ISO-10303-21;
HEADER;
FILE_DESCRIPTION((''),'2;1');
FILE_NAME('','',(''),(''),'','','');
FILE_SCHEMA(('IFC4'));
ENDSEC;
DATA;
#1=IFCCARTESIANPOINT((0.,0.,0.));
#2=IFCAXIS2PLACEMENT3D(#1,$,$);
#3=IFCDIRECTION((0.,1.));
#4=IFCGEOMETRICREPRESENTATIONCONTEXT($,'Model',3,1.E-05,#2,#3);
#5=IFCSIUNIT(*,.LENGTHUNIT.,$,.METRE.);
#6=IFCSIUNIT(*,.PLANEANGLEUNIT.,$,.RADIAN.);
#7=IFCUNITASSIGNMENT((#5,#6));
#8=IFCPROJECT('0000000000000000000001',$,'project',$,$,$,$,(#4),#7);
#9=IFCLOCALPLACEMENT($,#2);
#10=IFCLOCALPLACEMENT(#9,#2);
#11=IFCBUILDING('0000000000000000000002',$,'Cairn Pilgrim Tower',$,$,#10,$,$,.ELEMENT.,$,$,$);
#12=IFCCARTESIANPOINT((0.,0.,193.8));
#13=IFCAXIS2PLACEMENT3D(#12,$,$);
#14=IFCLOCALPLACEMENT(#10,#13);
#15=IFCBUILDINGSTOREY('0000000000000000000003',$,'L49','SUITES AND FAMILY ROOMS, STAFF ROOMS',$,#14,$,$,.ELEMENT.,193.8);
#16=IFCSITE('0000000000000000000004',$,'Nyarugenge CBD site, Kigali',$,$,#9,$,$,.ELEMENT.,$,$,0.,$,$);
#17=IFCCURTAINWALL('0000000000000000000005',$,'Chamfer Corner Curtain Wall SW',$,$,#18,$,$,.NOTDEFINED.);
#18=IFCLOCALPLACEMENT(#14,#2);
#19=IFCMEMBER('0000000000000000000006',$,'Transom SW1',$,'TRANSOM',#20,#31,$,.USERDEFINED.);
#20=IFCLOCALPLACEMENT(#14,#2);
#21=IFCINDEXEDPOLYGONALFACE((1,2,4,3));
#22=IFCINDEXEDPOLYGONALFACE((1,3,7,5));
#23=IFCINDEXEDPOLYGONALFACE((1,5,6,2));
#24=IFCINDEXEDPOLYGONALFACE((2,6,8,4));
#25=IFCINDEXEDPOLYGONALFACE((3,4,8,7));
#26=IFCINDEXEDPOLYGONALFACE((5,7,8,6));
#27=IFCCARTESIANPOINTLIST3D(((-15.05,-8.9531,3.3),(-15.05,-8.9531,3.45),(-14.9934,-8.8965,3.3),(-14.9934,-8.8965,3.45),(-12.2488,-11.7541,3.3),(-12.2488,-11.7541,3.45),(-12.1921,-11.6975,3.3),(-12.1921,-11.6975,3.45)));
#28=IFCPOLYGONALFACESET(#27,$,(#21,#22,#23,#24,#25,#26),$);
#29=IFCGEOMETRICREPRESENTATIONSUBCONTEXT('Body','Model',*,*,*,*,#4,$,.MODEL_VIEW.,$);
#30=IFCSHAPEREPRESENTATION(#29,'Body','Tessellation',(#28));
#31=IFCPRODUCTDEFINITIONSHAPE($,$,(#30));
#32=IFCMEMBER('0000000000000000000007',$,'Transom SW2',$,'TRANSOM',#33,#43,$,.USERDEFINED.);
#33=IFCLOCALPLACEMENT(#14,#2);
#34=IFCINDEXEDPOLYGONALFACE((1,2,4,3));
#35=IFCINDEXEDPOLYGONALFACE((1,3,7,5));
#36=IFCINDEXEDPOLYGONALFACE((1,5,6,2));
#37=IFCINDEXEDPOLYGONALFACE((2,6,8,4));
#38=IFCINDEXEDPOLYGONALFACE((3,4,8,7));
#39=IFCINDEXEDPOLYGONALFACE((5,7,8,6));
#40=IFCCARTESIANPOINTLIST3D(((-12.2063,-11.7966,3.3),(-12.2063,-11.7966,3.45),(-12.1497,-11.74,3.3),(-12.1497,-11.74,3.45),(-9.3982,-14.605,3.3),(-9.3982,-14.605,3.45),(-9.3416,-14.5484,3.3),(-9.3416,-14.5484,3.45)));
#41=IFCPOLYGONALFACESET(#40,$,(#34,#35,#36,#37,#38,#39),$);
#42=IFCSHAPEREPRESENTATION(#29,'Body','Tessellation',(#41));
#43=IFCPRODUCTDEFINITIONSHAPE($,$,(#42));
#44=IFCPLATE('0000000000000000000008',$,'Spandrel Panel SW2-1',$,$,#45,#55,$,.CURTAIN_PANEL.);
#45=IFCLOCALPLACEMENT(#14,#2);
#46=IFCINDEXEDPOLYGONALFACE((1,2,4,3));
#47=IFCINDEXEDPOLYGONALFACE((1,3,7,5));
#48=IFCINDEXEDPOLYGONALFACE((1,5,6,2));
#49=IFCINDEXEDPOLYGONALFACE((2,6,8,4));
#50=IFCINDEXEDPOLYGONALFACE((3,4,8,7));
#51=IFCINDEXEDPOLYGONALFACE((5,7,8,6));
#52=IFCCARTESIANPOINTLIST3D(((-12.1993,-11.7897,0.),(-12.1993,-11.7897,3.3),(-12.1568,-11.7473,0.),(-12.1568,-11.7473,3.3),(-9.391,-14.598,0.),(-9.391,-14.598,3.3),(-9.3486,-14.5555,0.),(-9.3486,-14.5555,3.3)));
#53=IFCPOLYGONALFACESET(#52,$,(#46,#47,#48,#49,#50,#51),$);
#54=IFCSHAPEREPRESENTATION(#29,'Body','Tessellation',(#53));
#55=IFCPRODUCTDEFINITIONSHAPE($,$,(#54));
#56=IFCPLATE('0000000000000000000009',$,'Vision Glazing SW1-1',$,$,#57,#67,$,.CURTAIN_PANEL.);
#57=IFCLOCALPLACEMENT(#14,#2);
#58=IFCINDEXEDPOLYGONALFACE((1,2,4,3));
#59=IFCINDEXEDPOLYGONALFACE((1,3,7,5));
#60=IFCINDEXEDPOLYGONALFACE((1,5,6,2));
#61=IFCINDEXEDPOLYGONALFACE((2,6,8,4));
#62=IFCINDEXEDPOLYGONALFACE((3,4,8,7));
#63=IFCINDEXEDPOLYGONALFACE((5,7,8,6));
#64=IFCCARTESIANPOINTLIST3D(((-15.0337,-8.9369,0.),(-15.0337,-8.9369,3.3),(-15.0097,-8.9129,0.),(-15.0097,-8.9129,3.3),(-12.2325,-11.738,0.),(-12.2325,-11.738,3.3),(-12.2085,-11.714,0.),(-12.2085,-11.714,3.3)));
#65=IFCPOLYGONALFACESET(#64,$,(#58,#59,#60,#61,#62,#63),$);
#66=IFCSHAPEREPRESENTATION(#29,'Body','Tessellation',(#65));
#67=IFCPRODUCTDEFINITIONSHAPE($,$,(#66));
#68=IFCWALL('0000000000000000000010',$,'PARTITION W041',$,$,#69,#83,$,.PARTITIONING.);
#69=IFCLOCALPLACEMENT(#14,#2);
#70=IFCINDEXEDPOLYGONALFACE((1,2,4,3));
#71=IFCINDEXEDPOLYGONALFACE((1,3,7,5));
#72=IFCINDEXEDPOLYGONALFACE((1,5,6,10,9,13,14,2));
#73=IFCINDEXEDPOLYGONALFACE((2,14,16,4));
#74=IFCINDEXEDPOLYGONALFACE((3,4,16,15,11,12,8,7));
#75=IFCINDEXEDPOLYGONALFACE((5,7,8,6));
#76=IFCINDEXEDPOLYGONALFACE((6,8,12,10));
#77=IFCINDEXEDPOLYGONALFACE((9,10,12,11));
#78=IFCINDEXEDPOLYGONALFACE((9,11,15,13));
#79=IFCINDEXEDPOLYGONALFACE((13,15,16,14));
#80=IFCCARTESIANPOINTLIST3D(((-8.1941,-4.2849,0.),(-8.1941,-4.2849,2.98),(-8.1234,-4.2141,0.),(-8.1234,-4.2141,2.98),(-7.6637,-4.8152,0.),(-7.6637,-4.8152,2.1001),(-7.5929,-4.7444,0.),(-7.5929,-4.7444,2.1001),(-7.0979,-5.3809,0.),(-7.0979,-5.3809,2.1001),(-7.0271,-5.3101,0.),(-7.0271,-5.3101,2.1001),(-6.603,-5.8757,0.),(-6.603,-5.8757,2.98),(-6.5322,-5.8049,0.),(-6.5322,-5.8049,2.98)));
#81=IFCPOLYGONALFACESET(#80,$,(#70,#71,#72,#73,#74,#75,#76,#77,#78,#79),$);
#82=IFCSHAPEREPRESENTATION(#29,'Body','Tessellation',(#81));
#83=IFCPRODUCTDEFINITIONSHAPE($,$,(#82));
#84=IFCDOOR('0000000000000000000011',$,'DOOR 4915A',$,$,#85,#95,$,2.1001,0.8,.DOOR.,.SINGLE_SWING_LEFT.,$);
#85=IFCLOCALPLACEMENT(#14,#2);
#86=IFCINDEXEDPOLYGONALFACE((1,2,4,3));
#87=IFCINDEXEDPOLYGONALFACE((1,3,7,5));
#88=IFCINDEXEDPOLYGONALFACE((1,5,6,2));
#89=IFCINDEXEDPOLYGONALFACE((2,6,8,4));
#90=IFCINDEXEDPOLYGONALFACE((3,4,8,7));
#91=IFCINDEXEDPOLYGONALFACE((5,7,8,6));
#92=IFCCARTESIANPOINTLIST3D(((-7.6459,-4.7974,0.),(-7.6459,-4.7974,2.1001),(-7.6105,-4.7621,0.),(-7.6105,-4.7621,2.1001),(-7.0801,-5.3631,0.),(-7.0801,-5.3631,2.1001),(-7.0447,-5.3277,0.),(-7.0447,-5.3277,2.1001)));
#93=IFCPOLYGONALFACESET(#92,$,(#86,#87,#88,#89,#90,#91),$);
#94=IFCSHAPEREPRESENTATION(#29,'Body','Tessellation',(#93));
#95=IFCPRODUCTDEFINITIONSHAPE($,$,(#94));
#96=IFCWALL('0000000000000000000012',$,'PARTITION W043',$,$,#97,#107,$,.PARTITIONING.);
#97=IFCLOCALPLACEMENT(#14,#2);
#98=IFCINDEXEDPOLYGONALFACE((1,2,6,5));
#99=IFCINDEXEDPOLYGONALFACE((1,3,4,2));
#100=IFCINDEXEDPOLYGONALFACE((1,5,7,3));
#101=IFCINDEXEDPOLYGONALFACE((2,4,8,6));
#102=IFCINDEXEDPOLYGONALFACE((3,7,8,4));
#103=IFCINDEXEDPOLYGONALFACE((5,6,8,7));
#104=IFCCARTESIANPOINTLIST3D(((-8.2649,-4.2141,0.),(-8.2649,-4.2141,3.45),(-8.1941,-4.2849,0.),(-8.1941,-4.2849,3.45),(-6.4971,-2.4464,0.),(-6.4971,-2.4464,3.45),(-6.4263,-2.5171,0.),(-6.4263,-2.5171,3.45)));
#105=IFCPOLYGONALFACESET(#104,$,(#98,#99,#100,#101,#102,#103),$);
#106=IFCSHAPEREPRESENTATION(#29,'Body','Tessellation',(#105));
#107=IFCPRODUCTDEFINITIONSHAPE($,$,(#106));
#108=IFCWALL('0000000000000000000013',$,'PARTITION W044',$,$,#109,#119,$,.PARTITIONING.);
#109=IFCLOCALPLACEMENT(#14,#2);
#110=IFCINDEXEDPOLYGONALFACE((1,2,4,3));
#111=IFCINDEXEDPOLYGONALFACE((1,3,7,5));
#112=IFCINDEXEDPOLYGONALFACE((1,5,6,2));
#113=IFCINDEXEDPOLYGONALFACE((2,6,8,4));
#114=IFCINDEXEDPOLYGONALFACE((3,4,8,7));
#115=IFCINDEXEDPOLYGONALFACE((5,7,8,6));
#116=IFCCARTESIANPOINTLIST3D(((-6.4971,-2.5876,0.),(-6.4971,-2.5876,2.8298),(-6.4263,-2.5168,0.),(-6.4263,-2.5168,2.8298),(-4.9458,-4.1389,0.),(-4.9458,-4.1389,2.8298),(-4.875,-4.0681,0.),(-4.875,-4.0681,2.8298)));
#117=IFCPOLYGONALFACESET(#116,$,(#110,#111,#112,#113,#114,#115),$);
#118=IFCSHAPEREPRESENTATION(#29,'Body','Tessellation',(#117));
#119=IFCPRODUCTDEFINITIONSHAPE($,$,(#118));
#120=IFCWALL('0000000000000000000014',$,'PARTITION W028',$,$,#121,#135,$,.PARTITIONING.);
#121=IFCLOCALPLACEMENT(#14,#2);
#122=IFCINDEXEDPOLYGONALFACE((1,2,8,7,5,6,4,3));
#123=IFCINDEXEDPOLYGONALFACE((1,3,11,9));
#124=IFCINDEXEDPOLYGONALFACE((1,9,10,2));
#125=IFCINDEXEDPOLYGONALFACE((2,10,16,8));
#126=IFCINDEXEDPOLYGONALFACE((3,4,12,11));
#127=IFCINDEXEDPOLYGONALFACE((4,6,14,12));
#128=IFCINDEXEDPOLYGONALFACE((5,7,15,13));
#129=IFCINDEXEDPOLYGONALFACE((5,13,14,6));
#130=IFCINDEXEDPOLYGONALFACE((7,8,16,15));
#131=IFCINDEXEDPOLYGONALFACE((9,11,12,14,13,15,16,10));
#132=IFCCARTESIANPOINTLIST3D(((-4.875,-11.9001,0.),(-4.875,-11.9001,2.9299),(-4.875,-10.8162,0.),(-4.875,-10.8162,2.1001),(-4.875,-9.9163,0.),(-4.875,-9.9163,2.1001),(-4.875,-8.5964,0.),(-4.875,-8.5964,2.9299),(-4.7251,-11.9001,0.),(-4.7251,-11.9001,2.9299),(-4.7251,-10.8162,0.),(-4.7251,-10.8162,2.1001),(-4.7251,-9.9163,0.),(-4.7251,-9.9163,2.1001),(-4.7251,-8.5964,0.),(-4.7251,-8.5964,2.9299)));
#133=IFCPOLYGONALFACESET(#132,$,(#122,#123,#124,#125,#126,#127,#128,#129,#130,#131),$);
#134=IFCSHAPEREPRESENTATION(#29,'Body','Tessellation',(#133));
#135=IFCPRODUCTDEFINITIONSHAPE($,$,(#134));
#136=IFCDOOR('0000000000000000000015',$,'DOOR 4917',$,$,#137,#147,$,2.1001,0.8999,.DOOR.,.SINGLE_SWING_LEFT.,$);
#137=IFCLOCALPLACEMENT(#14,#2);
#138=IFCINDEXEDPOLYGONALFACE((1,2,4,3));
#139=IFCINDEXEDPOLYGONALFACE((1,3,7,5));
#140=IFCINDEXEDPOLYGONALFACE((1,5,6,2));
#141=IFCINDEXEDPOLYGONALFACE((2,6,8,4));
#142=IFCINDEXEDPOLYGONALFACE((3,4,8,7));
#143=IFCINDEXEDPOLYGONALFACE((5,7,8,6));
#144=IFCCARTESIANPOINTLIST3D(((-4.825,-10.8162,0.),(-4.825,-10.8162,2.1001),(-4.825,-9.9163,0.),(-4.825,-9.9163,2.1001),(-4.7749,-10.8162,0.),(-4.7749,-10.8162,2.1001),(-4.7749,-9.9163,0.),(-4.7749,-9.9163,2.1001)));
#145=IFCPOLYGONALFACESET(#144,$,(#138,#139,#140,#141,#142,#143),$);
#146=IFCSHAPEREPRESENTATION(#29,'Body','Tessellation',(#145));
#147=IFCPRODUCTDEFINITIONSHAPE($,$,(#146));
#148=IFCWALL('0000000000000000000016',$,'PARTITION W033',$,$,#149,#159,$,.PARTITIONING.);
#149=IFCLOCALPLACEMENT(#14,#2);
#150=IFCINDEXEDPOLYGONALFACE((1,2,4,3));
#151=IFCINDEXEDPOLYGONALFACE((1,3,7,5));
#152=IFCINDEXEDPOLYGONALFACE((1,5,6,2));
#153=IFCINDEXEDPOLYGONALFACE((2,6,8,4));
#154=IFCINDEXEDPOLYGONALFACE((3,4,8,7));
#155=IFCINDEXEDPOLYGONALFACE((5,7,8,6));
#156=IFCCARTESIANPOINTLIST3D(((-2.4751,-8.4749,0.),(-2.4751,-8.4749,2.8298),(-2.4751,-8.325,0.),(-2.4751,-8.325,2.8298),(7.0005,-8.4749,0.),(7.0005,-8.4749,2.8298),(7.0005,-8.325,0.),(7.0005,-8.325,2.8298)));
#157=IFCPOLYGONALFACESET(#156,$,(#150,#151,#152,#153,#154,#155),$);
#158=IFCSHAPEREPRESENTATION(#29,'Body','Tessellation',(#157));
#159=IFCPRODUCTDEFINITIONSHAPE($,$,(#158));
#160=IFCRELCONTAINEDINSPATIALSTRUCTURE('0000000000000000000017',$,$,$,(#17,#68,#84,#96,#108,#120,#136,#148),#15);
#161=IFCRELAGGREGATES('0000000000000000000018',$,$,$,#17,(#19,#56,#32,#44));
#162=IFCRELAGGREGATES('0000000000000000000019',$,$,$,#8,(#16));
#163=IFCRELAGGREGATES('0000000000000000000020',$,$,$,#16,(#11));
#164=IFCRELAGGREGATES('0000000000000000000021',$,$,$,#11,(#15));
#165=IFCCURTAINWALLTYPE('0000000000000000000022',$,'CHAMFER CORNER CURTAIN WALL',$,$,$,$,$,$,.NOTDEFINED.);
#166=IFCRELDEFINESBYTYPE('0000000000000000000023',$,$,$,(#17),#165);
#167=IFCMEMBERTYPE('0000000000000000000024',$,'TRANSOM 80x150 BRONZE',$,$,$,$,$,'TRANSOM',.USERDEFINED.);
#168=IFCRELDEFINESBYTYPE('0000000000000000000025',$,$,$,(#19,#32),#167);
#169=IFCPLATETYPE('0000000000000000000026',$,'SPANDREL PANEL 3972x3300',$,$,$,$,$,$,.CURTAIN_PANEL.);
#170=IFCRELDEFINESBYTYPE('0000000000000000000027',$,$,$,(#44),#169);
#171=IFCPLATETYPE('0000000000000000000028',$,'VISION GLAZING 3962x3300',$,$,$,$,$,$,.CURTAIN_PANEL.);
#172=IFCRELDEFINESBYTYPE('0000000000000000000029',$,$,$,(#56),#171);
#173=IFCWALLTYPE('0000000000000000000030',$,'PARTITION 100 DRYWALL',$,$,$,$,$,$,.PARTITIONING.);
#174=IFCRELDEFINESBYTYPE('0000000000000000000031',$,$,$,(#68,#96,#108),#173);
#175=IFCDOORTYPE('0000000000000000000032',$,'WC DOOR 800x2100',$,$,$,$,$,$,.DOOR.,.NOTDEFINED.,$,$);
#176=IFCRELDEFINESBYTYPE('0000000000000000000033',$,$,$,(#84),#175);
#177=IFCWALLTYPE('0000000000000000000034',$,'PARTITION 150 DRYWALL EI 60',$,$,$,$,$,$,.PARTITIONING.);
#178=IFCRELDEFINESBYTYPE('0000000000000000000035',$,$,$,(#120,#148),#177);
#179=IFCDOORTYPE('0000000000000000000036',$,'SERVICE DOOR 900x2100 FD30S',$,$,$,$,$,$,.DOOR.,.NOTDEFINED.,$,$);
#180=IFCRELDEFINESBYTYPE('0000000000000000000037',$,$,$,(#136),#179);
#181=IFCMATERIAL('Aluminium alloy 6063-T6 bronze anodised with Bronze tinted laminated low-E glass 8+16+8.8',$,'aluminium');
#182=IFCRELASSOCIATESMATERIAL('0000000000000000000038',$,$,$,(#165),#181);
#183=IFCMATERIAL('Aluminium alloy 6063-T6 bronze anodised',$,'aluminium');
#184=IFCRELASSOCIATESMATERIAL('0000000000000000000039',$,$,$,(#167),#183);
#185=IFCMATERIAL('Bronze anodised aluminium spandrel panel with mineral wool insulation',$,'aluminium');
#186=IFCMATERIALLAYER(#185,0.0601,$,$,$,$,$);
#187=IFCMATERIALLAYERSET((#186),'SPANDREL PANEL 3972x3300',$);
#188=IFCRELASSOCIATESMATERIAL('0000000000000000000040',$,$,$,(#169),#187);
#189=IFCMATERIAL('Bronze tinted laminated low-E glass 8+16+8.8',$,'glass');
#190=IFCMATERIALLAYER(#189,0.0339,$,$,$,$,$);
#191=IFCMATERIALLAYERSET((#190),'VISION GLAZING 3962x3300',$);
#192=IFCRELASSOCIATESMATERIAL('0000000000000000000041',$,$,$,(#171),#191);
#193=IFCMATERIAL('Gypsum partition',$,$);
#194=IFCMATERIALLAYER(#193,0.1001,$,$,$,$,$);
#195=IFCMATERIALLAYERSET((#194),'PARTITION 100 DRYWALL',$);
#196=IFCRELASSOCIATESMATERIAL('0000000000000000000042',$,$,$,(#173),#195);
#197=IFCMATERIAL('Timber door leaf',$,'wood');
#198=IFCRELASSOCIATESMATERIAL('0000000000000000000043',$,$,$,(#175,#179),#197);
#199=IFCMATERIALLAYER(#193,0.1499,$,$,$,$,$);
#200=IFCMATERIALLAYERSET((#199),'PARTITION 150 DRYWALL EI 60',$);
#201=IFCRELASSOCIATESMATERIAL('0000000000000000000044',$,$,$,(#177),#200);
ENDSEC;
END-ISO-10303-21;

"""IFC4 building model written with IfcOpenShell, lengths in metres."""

from ifc_helpers import new_model, si_unit, direction, frame, frame_2d, origin, origin_2d, place, context, subcontext, project, spatial, rectangle, extrude, material, layer, layer_set, material_profile, profile_set, type_object, element, fill, aggregate, save


model = new_model("IFC4")

# Units and contexts
model_context = context("Model", 3, precision=1e-05, world=origin(), true_north=direction((0.0, 1.0)))
body_context = subcontext(model_context, "Body", "Model", "MODEL_VIEW")
ifc_project = project(units=[si_unit("LENGTHUNIT", "METRE"), si_unit("PLANEANGLEUNIT", "RADIAN")], contexts=[model_context])

# Site, building, storey
site_placement = place(None, origin())
site = spatial("IfcSite", under=ifc_project, at=site_placement, Name="Nyarugenge CBD site, Kigali", CompositionType="ELEMENT", RefElevation=0.0)
building_placement = place(site_placement, origin())
building = spatial("IfcBuilding", under=site, at=building_placement, Name="Cairn Pilgrim Tower", CompositionType="ELEMENT")
storey_placement = place(building_placement, frame((0.0, 0.0, 193.8)))
storey = spatial("IfcBuildingStorey", under=building, at=storey_placement, Name="L49", Description="SUITES AND FAMILY ROOMS, STAFF ROOMS", CompositionType="ELEMENT", Elevation=193.8)

# Shared definitions
ifc_material_1 = material(Name="Aluminium alloy 6063-T6 bronze anodised with Bronze tinted laminated low-E glass 8+16+8.8", Category="aluminium")
ifc_material_2 = material(Name="Aluminium alloy 6063-T6 bronze anodised", Category="aluminium")

# Curtain wall
curtain_wall_type_1 = type_object("IfcCurtainWallType", Name="CHAMFER CORNER CURTAIN WALL", PredefinedType="NOTDEFINED", material=ifc_material_1)
curtain_wall_1_placement = place(storey_placement, origin())
curtain_wall_1 = element("IfcCurtainWall", 1, at=curtain_wall_1_placement, inside=storey, type_object=curtain_wall_type_1, Name="Chamfer Corner Curtain Wall SW", PredefinedType="NOTDEFINED")

# Members
ifc_material_profile_1 = material_profile(ifc_material_2, rectangle(XDim=0.0801, YDim=0.1499, at=origin_2d()), Name="TRANSOM 80x150 BRONZE")
ifc_profile_set_1 = profile_set([ifc_material_profile_1], Name="Aluminium alloy 6063-T6 bronze anodised")
member_type_1 = type_object("IfcMemberType", Name="TRANSOM 80x150 BRONZE", ElementType="TRANSOM", PredefinedType="USERDEFINED", material=ifc_profile_set_1)
member_1_placement = place(storey_placement, frame((-15.0217, -8.9248, 3.375), z_axis=(0.707138, -0.707076, 0.0), x_axis=(0.707076, 0.707138, 0.0)))
member_1 = element("IfcMember", 2, at=member_1_placement, type_object=member_type_1, Name="Transom SW1", ObjectType="TRANSOM", PredefinedType="USERDEFINED", context=body_context, shape_type="SweptSolid", body=[
    extrude(rectangle(XDim=0.0801, YDim=0.1499, at=origin_2d()), origin(), (0.0, 0.0, 1.0), 3.9614),
])
member_2_placement = place(storey_placement, frame((-12.178, -11.7683, 3.375), z_axis=(0.707076, -0.707138, 0.0), x_axis=(0.707138, 0.707076, 0.0)))
member_2 = element("IfcMember", 3, at=member_2_placement, type_object=member_type_1, Name="Transom SW2", ObjectType="TRANSOM", PredefinedType="USERDEFINED", context=body_context, shape_type="SweptSolid", body=[
    extrude(rectangle(XDim=0.0801, YDim=0.1499, at=origin_2d()), origin(), (0.0, 0.0, 1.0), 3.9714),
])

# Plates
ifc_material_3 = material(Name="Bronze anodised aluminium spandrel panel with mineral wool insulation", Category="aluminium")
ifc_layer_1 = layer(ifc_material_3, 0.0601)
ifc_layer_set_1 = layer_set([ifc_layer_1], Name="SPANDREL PANEL 3972x3300")
plate_type_1 = type_object("IfcPlateType", Name="SPANDREL PANEL 3972x3300", PredefinedType="CURTAIN_PANEL", material=ifc_layer_set_1)
plate_1_placement = place(storey_placement, frame((-10.7739, -13.1726, 0.0), z_axis=(0.0, 0.0, 1.0), x_axis=(0.707107, -0.707107, 0.0)))
plate_1 = element("IfcPlate", 4, at=plate_1_placement, type_object=plate_type_1, Name="Spandrel Panel SW2-1", PredefinedType="CURTAIN_PANEL", context=body_context, shape_type="SweptSolid", body=[
    extrude(rectangle(XDim=3.9714, YDim=0.0601, at=origin_2d()), origin(), (0.0, 0.0, 1.0), 3.3),
])
ifc_material_4 = material(Name="Bronze tinted laminated low-E glass 8+16+8.8", Category="glass")
ifc_layer_2 = layer(ifc_material_4, 0.0339)
ifc_layer_set_2 = layer_set([ifc_layer_2], Name="VISION GLAZING 3962x3300")
plate_type_2 = type_object("IfcPlateType", Name="VISION GLAZING 3962x3300", PredefinedType="CURTAIN_PANEL", material=ifc_layer_set_2)
plate_2_placement = place(storey_placement, frame((-13.6211, -10.3254, 0.0), z_axis=(0.0, 0.0, 1.0), x_axis=(0.707107, -0.707107, 0.0)))
plate_2 = element("IfcPlate", 5, at=plate_2_placement, type_object=plate_type_2, Name="Vision Glazing SW1-1", PredefinedType="CURTAIN_PANEL", context=body_context, shape_type="SweptSolid", body=[
    extrude(rectangle(XDim=3.9614, YDim=0.0339, at=origin_2d()), origin(), (0.0, 0.0, 1.0), 3.3),
])
aggregate(curtain_wall_1, [member_1, plate_2, member_2, plate_1])

# Wall, opening, door
ifc_material_5 = material(Name="Gypsum partition")
ifc_layer_3 = layer(ifc_material_5, 0.1001)
ifc_layer_set_3 = layer_set([ifc_layer_3], Name="PARTITION 100 DRYWALL")
wall_type_1 = type_object("IfcWallType", Name="PARTITION 100 DRYWALL", PredefinedType="PARTITIONING", material=ifc_layer_set_3)
wall_1_placement = place(storey_placement, frame((-6.5676, -5.8403, 0.0), z_axis=(0.0, 0.0, 1.0), x_axis=(-0.707161, 0.707053, 0.0)))
wall_1 = element("IfcWall", 6, at=wall_1_placement, inside=storey, type_object=wall_type_1, Name="PARTITION W041", PredefinedType="PARTITIONING", context=body_context, shape_type="SweptSolid", body=[
    extrude(rectangle(XDim=2.25, YDim=0.1001, at=frame_2d((1.125, 0.0))), origin(), (0.0, 0.0, 1.0), 2.98),
])
opening_1_placement = place(wall_1_placement, frame((0.7, 0.0, 0.0)))
opening_1 = element("IfcOpeningElement", 7, at=opening_1_placement, cuts=wall_1, PredefinedType="OPENING", context=body_context, shape_type="SweptSolid", body=[
    extrude(rectangle(XDim=0.8, YDim=2.1001, at=frame_2d((0.3999, 1.05))), frame((0.0, 0.0601, 0.0), z_axis=(0.0, -1.0, 0.0), x_axis=(1.0, 0.0, 0.0)), (0.0, 0.0, 1.0), 0.1201),
])
ifc_material_6 = material(Name="Timber door leaf", Category="wood")
door_type_1 = type_object("IfcDoorType", Name="WC DOOR 800x2100", OperationType="NOTDEFINED", PredefinedType="DOOR", material=ifc_material_6)
door_1_placement = place(opening_1_placement, origin())
door_1 = element("IfcDoor", 8, at=door_1_placement, inside=storey, type_object=door_type_1, Name="DOOR 4915A", OperationType="SINGLE_SWING_LEFT", OverallHeight=2.1001, OverallWidth=0.8, PredefinedType="DOOR", context=body_context, shape_type="SweptSolid", body=[
    extrude(rectangle(XDim=0.8, YDim=2.1001, at=frame_2d((0.3999, 1.05))), frame((0.0, 0.0249, 0.0), z_axis=(0.0, -1.0, 0.0), x_axis=(1.0, 0.0, 0.0)), (0.0, 0.0, 1.0), 0.05),
])
fill(opening_1, door_1)

# Walls
wall_2_placement = place(storey_placement, frame((-8.2295, -4.2495, 0.0), z_axis=(0.0, 0.0, 1.0), x_axis=(0.707107, 0.707107, 0.0)))
element("IfcWall", 9, at=wall_2_placement, inside=storey, type_object=wall_type_1, Name="PARTITION W043", PredefinedType="PARTITIONING", context=body_context, shape_type="SweptSolid", body=[
    extrude(rectangle(XDim=2.5, YDim=0.1001, at=frame_2d((1.25, 0.0))), origin(), (0.0, 0.0, 1.0), 3.45),
])
wall_3_placement = place(storey_placement, frame((-4.9104, -4.1035, 0.0), z_axis=(0.0, 0.0, 1.0), x_axis=(-0.707107, 0.707107, 0.0)))
element("IfcWall", 10, at=wall_3_placement, inside=storey, type_object=wall_type_1, Name="PARTITION W044", PredefinedType="PARTITIONING", context=body_context, shape_type="SweptSolid", body=[
    extrude(rectangle(XDim=2.1938, YDim=0.1001, at=frame_2d((1.0969, 0.0))), origin(), (0.0, 0.0, 1.0), 2.8298),
])

# Wall, opening, door
ifc_layer_4 = layer(ifc_material_5, 0.1499)
ifc_layer_set_4 = layer_set([ifc_layer_4], Name="PARTITION 150 DRYWALL EI 60")
wall_type_2 = type_object("IfcWallType", Name="PARTITION 150 DRYWALL EI 60", PredefinedType="PARTITIONING", material=ifc_layer_set_4)
wall_4_placement = place(storey_placement, frame((-4.8, -11.9001, 0.0), z_axis=(0.0, 0.0, 1.0), x_axis=(0.0, 1.0, 0.0)))
wall_4 = element("IfcWall", 11, at=wall_4_placement, inside=storey, type_object=wall_type_2, Name="PARTITION W028", PredefinedType="PARTITIONING", context=body_context, shape_type="SweptSolid", body=[
    extrude(rectangle(XDim=3.3037, YDim=0.1499, at=frame_2d((1.6519, 0.0))), origin(), (0.0, 0.0, 1.0), 2.9299),
])
opening_2_placement = place(wall_4_placement, frame((1.084, 0.0, 0.0)))
opening_2 = element("IfcOpeningElement", 12, at=opening_2_placement, cuts=wall_4, PredefinedType="OPENING", context=body_context, shape_type="SweptSolid", body=[
    extrude(rectangle(XDim=0.8999, YDim=2.1001, at=frame_2d((0.45, 1.05))), frame((0.0, 0.085, 0.0), z_axis=(0.0, -1.0, 0.0), x_axis=(1.0, 0.0, 0.0)), (0.0, 0.0, 1.0), 0.1699),
])
door_type_2 = type_object("IfcDoorType", Name="SERVICE DOOR 900x2100 FD30S", OperationType="NOTDEFINED", PredefinedType="DOOR", material=ifc_material_6)
door_2_placement = place(opening_2_placement, origin())
door_2 = element("IfcDoor", 13, at=door_2_placement, inside=storey, type_object=door_type_2, Name="DOOR 4917", OperationType="SINGLE_SWING_LEFT", OverallHeight=2.1001, OverallWidth=0.8999, PredefinedType="DOOR", context=body_context, shape_type="SweptSolid", body=[
    extrude(rectangle(XDim=0.8999, YDim=2.1001, at=frame_2d((0.45, 1.05))), frame((0.0, 0.0249, 0.0), z_axis=(0.0, -1.0, 0.0), x_axis=(1.0, 0.0, 0.0)), (0.0, 0.0, 1.0), 0.05),
])
fill(opening_2, door_2)

# Wall
wall_5_placement = place(storey_placement, frame((-2.4751, -8.3999, 0.0), z_axis=(0.0, 0.0, 1.0), x_axis=(1.0, 0.0, 0.0)))
element("IfcWall", 14, at=wall_5_placement, inside=storey, type_object=wall_type_2, Name="PARTITION W033", PredefinedType="PARTITIONING", context=body_context, shape_type="SweptSolid", body=[
    extrude(rectangle(XDim=9.4756, YDim=0.1499, at=frame_2d((4.7378, 0.0))), origin(), (0.0, 0.0, 1.0), 2.8298),
])

save(model, "model.ifc")
